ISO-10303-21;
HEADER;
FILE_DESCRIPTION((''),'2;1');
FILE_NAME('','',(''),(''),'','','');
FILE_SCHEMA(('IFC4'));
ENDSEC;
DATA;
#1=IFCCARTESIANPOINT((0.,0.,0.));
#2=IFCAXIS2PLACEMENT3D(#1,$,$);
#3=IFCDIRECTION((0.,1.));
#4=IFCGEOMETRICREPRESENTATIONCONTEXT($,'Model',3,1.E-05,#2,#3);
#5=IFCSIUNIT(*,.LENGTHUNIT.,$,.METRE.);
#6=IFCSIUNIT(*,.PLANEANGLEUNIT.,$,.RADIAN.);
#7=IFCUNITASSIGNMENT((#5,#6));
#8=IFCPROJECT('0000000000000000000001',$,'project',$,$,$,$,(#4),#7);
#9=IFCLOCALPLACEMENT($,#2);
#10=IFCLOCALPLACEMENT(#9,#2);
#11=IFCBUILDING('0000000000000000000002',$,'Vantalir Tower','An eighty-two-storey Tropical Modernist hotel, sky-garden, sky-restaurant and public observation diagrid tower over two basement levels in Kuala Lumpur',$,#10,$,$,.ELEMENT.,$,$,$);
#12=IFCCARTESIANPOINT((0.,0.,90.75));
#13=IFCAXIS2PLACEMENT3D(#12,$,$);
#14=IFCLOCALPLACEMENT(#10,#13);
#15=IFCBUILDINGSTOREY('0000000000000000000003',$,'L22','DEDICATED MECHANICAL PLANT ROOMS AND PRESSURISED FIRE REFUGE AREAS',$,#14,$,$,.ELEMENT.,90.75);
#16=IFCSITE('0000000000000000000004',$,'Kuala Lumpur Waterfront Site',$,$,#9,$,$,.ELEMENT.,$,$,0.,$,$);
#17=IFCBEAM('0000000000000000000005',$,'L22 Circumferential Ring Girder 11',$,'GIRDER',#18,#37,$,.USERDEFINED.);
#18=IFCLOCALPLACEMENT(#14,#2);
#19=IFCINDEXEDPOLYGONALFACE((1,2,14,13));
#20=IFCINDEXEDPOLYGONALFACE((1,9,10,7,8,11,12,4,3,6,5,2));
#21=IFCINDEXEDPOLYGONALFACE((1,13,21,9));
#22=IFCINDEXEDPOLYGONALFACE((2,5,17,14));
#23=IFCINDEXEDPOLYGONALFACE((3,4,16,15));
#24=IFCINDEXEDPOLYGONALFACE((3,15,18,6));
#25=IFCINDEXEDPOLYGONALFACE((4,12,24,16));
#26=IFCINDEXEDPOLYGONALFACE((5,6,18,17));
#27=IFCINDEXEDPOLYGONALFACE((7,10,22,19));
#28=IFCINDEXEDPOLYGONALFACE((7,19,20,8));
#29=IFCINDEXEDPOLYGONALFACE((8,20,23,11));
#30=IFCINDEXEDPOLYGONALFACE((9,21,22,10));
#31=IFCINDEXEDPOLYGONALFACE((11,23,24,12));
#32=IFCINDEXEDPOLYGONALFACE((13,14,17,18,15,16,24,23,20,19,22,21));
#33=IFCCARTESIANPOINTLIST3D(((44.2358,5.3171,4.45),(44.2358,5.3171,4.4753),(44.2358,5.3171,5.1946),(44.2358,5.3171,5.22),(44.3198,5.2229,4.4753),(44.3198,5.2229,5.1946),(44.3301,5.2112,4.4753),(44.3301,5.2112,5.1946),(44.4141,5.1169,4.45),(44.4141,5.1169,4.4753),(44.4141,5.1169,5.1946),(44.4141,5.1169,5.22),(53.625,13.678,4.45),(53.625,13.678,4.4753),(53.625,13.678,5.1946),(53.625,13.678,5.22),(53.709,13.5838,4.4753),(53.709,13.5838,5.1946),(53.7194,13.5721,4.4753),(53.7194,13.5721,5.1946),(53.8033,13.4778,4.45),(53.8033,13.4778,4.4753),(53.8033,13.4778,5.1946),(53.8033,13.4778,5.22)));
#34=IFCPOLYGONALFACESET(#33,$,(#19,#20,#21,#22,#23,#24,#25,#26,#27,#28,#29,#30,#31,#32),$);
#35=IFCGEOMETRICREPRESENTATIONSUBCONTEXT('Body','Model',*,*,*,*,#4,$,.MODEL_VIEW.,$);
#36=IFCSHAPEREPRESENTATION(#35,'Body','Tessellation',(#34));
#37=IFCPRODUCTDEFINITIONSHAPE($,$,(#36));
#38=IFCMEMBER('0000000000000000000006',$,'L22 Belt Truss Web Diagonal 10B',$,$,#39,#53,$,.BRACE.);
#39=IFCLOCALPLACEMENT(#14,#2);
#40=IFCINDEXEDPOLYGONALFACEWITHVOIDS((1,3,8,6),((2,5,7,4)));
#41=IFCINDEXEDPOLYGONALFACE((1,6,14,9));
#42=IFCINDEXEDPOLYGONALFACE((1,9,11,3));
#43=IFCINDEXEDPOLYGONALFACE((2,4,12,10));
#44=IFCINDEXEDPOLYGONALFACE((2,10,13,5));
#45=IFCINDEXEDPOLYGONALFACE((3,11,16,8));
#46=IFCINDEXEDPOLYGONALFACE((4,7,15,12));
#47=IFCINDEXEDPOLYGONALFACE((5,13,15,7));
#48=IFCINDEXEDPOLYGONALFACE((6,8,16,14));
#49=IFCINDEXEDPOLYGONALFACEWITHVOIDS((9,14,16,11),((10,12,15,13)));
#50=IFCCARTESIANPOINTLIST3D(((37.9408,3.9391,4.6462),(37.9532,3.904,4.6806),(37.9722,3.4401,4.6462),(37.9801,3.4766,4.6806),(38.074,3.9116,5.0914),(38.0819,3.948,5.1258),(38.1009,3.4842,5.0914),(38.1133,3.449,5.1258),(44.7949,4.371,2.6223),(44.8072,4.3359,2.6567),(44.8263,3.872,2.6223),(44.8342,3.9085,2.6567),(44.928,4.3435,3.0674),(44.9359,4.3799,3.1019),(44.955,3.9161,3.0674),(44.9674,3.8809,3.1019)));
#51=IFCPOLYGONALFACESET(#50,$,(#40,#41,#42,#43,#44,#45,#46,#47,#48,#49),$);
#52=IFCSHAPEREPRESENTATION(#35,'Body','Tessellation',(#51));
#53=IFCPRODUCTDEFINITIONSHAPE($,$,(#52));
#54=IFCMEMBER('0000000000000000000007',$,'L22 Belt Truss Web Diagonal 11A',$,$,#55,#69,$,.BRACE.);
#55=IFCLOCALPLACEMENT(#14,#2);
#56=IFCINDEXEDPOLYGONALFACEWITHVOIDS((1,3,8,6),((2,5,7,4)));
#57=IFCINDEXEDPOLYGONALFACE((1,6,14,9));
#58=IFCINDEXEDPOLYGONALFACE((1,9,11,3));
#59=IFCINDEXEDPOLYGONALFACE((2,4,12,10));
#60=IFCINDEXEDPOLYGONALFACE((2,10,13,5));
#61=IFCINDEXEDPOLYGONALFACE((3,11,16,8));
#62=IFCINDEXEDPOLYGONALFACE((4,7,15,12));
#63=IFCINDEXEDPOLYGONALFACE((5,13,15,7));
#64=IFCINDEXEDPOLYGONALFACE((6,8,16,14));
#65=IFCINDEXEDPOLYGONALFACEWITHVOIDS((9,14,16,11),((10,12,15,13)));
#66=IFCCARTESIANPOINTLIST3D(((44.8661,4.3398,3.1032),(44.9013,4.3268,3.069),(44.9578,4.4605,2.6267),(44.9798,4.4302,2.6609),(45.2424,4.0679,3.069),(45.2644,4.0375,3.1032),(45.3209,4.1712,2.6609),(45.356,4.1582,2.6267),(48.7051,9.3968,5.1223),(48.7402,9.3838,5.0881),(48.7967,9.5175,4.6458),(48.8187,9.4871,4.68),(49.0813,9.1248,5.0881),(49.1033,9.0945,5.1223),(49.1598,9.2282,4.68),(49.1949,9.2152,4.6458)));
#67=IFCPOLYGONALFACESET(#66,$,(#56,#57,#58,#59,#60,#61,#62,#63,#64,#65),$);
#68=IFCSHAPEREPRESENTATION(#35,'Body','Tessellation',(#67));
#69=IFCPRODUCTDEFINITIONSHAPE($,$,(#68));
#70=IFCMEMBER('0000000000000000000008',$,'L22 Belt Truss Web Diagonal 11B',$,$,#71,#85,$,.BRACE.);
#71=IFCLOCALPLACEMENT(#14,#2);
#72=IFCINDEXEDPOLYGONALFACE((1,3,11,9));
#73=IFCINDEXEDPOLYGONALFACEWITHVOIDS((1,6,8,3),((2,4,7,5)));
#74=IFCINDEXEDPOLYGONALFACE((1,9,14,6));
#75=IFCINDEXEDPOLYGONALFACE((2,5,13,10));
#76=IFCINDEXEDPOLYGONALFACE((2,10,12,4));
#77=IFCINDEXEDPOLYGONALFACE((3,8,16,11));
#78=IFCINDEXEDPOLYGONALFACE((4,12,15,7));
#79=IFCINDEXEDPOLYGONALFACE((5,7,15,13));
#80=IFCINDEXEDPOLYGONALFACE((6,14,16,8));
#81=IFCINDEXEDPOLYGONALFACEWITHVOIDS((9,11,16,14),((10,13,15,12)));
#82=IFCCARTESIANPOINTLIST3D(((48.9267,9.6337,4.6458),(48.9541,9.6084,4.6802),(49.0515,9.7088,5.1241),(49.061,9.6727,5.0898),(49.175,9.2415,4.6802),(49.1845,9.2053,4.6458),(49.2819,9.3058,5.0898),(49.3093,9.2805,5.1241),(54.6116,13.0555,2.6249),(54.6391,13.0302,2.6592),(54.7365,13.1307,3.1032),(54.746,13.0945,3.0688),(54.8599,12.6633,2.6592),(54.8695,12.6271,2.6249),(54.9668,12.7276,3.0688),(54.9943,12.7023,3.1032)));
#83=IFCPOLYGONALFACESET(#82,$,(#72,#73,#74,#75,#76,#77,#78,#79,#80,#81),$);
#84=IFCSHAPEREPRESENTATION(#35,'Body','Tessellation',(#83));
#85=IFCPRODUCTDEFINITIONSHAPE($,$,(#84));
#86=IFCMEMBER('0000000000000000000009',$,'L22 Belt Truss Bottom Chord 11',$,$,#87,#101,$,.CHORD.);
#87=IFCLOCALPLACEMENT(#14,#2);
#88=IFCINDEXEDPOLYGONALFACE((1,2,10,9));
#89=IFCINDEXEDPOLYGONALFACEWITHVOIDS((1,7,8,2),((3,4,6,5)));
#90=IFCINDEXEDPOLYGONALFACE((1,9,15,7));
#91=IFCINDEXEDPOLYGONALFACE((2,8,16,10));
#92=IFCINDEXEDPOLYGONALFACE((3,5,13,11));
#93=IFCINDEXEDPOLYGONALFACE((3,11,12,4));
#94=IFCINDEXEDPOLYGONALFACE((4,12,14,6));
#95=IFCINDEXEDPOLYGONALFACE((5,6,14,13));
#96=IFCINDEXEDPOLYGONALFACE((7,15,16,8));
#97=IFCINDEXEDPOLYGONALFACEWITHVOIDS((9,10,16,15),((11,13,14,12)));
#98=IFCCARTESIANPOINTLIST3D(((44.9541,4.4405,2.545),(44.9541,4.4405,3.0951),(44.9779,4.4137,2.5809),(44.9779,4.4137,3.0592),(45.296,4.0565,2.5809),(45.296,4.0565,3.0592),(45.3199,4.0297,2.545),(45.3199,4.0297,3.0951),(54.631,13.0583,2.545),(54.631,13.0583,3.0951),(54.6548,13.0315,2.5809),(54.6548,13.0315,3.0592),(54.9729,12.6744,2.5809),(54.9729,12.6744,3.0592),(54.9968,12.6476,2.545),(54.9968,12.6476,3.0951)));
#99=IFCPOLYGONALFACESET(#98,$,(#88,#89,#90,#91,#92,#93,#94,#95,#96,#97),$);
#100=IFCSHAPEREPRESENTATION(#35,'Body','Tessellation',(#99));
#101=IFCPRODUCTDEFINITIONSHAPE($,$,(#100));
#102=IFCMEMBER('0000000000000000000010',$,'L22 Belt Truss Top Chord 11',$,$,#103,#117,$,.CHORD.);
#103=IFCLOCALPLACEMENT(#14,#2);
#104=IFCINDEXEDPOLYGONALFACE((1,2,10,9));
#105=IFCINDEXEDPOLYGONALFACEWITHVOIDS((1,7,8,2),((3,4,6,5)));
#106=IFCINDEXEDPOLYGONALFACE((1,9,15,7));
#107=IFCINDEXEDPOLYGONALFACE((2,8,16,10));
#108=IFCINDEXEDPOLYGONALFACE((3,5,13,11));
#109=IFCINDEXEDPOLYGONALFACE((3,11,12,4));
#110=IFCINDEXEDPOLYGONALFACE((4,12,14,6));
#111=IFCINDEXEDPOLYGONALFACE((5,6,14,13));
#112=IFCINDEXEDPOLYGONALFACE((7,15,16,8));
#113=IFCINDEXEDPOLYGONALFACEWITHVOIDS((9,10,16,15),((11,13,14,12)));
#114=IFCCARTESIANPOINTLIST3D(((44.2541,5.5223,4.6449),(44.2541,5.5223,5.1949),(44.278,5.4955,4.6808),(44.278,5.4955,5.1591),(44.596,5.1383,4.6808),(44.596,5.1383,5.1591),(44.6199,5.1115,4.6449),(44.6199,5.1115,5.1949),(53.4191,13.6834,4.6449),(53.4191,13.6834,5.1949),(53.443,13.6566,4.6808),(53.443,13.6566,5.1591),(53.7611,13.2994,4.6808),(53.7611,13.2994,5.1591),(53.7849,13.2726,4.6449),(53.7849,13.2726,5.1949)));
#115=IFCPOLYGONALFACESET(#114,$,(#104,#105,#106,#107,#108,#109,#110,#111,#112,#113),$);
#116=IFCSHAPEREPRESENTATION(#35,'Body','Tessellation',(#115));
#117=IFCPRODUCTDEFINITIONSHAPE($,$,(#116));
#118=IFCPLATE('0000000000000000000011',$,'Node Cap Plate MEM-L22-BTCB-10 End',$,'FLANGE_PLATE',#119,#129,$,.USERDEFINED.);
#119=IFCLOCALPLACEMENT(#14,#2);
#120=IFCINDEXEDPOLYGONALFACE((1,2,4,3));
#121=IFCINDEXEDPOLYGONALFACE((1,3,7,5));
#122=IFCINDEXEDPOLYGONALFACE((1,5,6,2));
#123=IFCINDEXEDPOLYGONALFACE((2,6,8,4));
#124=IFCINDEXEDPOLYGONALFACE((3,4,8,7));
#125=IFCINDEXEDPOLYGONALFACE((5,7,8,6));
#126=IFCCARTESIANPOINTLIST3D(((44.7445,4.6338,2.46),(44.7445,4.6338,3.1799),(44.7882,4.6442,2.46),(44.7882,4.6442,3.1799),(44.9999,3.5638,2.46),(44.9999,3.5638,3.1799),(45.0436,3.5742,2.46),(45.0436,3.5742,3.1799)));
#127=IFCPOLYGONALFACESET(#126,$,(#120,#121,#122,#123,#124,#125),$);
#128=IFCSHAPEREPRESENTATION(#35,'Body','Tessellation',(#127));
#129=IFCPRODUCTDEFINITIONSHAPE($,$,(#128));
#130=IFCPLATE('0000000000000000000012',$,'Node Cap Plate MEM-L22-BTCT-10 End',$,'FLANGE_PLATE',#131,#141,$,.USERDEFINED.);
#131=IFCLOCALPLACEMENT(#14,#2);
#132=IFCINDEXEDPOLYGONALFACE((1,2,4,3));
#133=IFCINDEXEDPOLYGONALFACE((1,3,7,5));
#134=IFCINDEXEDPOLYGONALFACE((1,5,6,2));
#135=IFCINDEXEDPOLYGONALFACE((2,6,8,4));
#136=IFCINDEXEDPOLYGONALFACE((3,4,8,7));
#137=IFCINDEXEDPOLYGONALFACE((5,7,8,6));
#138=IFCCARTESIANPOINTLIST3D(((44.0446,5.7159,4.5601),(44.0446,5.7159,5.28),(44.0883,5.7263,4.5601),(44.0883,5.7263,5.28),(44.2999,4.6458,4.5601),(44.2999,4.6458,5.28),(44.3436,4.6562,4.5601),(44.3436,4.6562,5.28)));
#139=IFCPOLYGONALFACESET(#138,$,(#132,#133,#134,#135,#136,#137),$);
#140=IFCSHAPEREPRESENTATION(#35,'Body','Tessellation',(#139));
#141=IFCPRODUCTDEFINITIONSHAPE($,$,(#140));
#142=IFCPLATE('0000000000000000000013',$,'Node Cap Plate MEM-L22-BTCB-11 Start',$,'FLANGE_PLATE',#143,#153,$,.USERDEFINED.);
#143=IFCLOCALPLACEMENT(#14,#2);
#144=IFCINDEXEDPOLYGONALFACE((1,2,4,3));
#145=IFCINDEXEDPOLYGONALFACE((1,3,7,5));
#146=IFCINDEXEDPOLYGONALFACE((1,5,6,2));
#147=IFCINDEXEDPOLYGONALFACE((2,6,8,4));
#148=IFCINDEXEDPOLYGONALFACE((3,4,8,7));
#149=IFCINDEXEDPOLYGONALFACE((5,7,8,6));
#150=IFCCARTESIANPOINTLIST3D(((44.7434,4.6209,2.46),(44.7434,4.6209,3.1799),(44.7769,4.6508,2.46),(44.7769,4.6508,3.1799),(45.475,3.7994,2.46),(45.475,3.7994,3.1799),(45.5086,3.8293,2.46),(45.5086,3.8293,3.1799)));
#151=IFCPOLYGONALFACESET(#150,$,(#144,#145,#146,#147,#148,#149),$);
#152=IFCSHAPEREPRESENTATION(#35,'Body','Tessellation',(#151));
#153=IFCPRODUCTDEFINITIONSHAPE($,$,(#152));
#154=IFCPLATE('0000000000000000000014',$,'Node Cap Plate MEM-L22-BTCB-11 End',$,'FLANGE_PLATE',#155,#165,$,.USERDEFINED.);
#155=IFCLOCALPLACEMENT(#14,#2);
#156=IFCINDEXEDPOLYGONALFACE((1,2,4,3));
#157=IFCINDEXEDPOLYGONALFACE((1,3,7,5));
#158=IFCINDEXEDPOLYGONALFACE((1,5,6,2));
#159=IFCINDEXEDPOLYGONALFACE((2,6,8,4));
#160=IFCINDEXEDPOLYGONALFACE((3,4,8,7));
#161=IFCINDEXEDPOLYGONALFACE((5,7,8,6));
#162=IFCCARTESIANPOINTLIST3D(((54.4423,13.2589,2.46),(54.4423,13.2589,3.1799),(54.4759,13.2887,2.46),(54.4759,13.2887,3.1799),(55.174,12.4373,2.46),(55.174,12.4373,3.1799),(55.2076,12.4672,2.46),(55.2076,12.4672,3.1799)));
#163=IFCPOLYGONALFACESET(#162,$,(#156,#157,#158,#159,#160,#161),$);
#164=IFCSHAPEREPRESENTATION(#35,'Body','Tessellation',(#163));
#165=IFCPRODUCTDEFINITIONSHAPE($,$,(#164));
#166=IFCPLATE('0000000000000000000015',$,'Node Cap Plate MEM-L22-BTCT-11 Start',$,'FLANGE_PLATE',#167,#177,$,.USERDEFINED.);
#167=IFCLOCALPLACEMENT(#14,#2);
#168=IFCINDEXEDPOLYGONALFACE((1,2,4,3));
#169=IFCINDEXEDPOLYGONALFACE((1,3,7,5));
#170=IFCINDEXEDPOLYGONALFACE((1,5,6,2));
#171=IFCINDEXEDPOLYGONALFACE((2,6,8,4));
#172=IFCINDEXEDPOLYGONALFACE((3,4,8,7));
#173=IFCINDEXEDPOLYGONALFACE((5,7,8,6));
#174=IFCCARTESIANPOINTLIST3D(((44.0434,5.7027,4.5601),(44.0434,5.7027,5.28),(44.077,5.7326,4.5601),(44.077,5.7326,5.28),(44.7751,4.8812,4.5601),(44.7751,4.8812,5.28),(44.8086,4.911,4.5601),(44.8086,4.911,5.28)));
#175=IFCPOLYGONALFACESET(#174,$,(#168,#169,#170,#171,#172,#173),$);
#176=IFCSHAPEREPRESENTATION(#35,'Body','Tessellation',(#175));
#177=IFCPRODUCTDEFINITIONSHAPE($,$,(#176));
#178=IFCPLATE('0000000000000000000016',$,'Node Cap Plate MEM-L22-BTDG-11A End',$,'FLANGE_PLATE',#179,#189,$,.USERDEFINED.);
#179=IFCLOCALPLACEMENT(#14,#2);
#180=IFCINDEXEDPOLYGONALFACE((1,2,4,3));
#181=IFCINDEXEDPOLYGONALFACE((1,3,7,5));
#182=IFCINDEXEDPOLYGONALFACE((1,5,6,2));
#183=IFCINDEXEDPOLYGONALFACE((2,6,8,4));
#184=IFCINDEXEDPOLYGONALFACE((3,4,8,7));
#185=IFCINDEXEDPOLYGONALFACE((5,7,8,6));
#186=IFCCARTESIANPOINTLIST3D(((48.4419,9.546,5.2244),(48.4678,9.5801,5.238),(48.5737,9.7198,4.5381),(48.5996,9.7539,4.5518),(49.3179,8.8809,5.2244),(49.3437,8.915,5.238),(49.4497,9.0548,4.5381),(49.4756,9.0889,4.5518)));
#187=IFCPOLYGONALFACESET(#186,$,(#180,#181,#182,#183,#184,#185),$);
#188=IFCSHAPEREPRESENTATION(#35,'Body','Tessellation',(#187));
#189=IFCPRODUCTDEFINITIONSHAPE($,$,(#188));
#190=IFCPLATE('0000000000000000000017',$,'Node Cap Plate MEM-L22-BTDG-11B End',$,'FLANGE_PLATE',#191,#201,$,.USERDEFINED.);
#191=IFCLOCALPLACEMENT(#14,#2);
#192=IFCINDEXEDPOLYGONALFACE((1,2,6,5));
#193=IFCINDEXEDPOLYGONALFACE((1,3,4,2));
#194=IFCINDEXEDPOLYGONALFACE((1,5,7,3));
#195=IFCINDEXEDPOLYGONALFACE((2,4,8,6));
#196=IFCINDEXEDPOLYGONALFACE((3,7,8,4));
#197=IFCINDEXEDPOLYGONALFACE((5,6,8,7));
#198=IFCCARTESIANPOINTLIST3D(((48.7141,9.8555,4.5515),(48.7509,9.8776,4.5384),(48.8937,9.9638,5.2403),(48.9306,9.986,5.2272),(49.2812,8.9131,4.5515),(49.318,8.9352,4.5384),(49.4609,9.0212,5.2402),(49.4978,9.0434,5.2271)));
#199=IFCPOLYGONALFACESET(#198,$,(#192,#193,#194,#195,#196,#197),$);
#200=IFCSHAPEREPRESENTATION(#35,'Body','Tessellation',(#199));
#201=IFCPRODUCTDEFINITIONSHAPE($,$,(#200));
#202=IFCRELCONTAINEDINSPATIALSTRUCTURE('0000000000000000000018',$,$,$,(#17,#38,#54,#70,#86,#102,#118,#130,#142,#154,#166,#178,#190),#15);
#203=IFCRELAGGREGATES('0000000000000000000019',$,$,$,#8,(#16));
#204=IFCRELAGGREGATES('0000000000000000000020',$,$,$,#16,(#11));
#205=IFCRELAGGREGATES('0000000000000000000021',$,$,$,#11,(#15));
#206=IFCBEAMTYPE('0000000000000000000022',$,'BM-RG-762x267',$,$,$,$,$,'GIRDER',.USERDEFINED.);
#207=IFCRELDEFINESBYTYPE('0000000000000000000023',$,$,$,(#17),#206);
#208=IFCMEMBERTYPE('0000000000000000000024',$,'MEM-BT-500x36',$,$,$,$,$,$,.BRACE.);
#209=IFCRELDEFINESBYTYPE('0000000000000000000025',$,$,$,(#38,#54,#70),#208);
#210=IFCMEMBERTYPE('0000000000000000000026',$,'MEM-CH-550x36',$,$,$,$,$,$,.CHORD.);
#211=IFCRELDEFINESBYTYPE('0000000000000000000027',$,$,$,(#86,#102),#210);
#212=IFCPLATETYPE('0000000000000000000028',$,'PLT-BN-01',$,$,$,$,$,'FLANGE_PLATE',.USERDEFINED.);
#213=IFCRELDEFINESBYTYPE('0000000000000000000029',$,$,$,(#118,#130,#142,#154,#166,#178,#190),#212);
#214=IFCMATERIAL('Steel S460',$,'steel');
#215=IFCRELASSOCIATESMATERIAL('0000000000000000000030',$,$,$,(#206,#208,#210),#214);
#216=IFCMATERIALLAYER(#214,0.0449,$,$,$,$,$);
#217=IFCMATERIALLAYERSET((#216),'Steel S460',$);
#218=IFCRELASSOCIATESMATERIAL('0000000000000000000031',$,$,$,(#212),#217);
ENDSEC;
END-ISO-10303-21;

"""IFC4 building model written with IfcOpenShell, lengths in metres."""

from ifc_helpers import new_model, si_unit, direction, frame, origin, origin_2d, place, context, subcontext, project, spatial, polyline, rectangle, hollow_rectangle, i_section, outline, extrude, material, layer, layer_set, material_profile, profile_set, type_object, element, save


model = new_model("IFC4")

# Units and contexts
model_context = context("Model", 3, precision=1e-05, world=origin(), true_north=direction((0.0, 1.0)))
body_context = subcontext(model_context, "Body", "Model", "MODEL_VIEW")
ifc_project = project(units=[si_unit("LENGTHUNIT", "METRE"), si_unit("PLANEANGLEUNIT", "RADIAN")], contexts=[model_context])

# Site, building, storey
site_placement = place(None, origin())
site = spatial("IfcSite", under=ifc_project, at=site_placement, Name="Kuala Lumpur Waterfront Site", CompositionType="ELEMENT", RefElevation=0.0)
building_placement = place(site_placement, origin())
building = spatial("IfcBuilding", under=site, at=building_placement, Name="Vantalir Tower", Description="An eighty-two-storey Tropical Modernist hotel, sky-garden, sky-restaurant and public observation diagrid tower over two basement levels in Kuala Lumpur", CompositionType="ELEMENT")
storey_placement = place(building_placement, frame((0.0, 0.0, 90.75)))
storey = spatial("IfcBuildingStorey", under=building, at=storey_placement, Name="L22", Description="DEDICATED MECHANICAL PLANT ROOMS AND PRESSURISED FIRE REFUGE AREAS", CompositionType="ELEMENT", Elevation=90.75)

# Shared definitions
ifc_material_1 = material(Name="Steel S460", Category="steel")

# Beam
ifc_material_profile_1 = material_profile(ifc_material_1, i_section(OverallWidth=0.2681, OverallDepth=0.77, WebThickness=0.0156, FlangeThickness=0.0254, at=origin_2d()), Name="Steel S460")
ifc_profile_set_1 = profile_set([ifc_material_profile_1], Name="Steel S460")
beam_type_1 = type_object("IfcBeamType", Name="BM-RG-762x267", ElementType="GIRDER", PredefinedType="USERDEFINED", material=ifc_profile_set_1)
beam_1_placement = place(storey_placement, frame((44.325, 5.217, 4.835), z_axis=(0.74682, 0.665027, 0.0), x_axis=(-0.665027, 0.74682, 0.0)))
element("IfcBeam", 1, at=beam_1_placement, inside=storey, type_object=beam_type_1, Name="L22 Circumferential Ring Girder 11", ObjectType="GIRDER", PredefinedType="USERDEFINED", context=body_context, shape_type="SweptSolid", body=[
    extrude(i_section(OverallWidth=0.2681, OverallDepth=0.77, WebThickness=0.0156, FlangeThickness=0.0254, at=origin_2d()), origin(), (0.0, 0.0, 1.0), 12.5723),
])

# Members
ifc_material_profile_2 = material_profile(ifc_material_1, hollow_rectangle(XDim=0.5, YDim=0.5, WallThickness=0.0359, at=origin_2d()), Name="Steel S460")
ifc_profile_set_2 = profile_set([ifc_material_profile_2], Name="Steel S460")
member_type_1 = type_object("IfcMemberType", Name="MEM-BT-500x36", PredefinedType="BRACE", material=ifc_profile_set_2)
member_1_placement = place(storey_placement, frame((44.8811, 4.126, 2.8621), z_axis=(-0.957314, -0.060322, 0.282686), x_axis=(0.062887, -0.998021, 0.0)))
element("IfcMember", 2, at=member_1_placement, inside=storey, type_object=member_type_1, Name="L22 Belt Truss Web Diagonal 10B", PredefinedType="BRACE", context=body_context, shape_type="SweptSolid", body=[
    extrude(hollow_rectangle(XDim=0.5, YDim=0.5, WallThickness=0.0359, at=origin_2d()), origin(), (0.0, 0.0, 1.0), 7.1597),
])
member_2_placement = place(storey_placement, frame((45.1111, 4.249, 2.865), z_axis=(0.576212, 0.759036, 0.303057), x_axis=(-0.796493, 0.604647, 0.0)))
element("IfcMember", 3, at=member_2_placement, inside=storey, type_object=member_type_1, Name="L22 Belt Truss Web Diagonal 11A", PredefinedType="BRACE", context=body_context, shape_type="SweptSolid", body=[
    extrude(hollow_rectangle(XDim=0.5, YDim=0.5, WallThickness=0.0359, at=origin_2d()), origin(), (0.0, 0.0, 1.0), 6.6624),
])
member_3_placement = place(storey_placement, frame((54.803, 12.8789, 2.864), z_axis=(-0.819599, -0.493322, 0.291361), x_axis=(0.515696, -0.856771, 0.0)))
element("IfcMember", 4, at=member_3_placement, inside=storey, type_object=member_type_1, Name="L22 Belt Truss Web Diagonal 11B", PredefinedType="BRACE", context=body_context, shape_type="SweptSolid", body=[
    extrude(hollow_rectangle(XDim=0.5, YDim=0.5, WallThickness=0.0359, at=origin_2d()), origin(), (0.0, 0.0, 1.0), 6.9363),
])
ifc_material_profile_3 = material_profile(ifc_material_1, hollow_rectangle(XDim=0.55, YDim=0.55, WallThickness=0.0359, at=origin_2d()), Name="Steel S460")
ifc_profile_set_3 = profile_set([ifc_material_profile_3], Name="Steel S460")
member_type_2 = type_object("IfcMemberType", Name="MEM-CH-550x36", PredefinedType="CHORD", material=ifc_profile_set_3)
member_4_placement = place(storey_placement, frame((45.137, 4.2351, 2.8201), z_axis=(0.74679, 0.665059, 0.0), x_axis=(-0.665059, 0.74679, 0.0)))
element("IfcMember", 5, at=member_4_placement, inside=storey, type_object=member_type_2, Name="L22 Belt Truss Bottom Chord 11", PredefinedType="CHORD", context=body_context, shape_type="SweptSolid", body=[
    extrude(hollow_rectangle(XDim=0.55, YDim=0.55, WallThickness=0.0359, at=origin_2d()), origin(), (0.0, 0.0, 1.0), 12.958),
])
member_5_placement = place(storey_placement, frame((44.437, 5.3169, 4.9199), z_axis=(0.746825, 0.66502, 0.0), x_axis=(-0.66502, 0.746825, 0.0)))
element("IfcMember", 6, at=member_5_placement, inside=storey, type_object=member_type_2, Name="L22 Belt Truss Top Chord 11", PredefinedType="CHORD", context=body_context, shape_type="SweptSolid", body=[
    extrude(hollow_rectangle(XDim=0.55, YDim=0.55, WallThickness=0.0359, at=origin_2d()), origin(), (0.0, 0.0, 1.0), 12.272),
])

# Plates
ifc_layer_1 = layer(ifc_material_1, 0.0449)
ifc_layer_set_1 = layer_set([ifc_layer_1], Name="Steel S460")
plate_type_1 = type_object("IfcPlateType", Name="PLT-BN-01", ElementType="FLANGE_PLATE", PredefinedType="USERDEFINED", material=ifc_layer_set_1)
for number, where, z_axis, x_axis, name in (
    (7, (44.894, 4.104, 2.46), (0.0, 0.0, 1.0), (0.972679, 0.232155, 0.0), "Node Cap Plate MEM-L22-BTCB-10 End"),
    (8, (44.1941, 5.186, 4.5601), (0.0, 0.0, 1.0), (0.972695, 0.232087, 0.0), "Node Cap Plate MEM-L22-BTCT-10 End"),
    (9, (45.126, 4.2251, 2.46), (0.0, 0.0, 1.0), (0.746766, 0.665087, 0.0), "Node Cap Plate MEM-L22-BTCB-11 Start"),
    (10, (54.825, 12.863, 2.46), (0.0, 0.0, 1.0), (0.746766, 0.665087, 0.0), "Node Cap Plate MEM-L22-BTCB-11 End"),
    (11, (44.426, 5.3069, 4.5601), (0.0, 0.0, 1.0), (0.746812, 0.665035, 0.0), "Node Cap Plate MEM-L22-BTCT-11 Start"),
):
    element("IfcPlate", number, at=place(storey_placement, frame(where, z_axis=z_axis, x_axis=x_axis)), inside=storey, type_object=plate_type_1, Name=name, ObjectType="FLANGE_PLATE", PredefinedType="USERDEFINED", context=body_context, shape_type="SweptSolid", body=[
        extrude(rectangle(XDim=0.0449, YDim=1.1001, at=origin_2d()), origin(), (0.0, 0.0, 1.0), 0.72),
    ])
plate_1_placement = place(storey_placement, frame((49.4756, 9.0889, 4.5518), z_axis=(0.57626, 0.759039, 0.302958), x_axis=(-0.79647, 0.604678, 0.0)))
element("IfcPlate", 12, at=plate_1_placement, inside=storey, type_object=plate_type_1, Name="Node Cap Plate MEM-L22-BTDG-11A End", ObjectType="FLANGE_PLATE", PredefinedType="USERDEFINED", context=body_context, shape_type="SweptSolid", body=[
    extrude(outline(polyline([(0.0, 0.0), (1.0998, 0.0), (1.0997, 0.7201), (-0.0001, 0.7201), (0.0, 0.0)])), origin(), (0.0, 0.0, -1.0), 0.0449),
])
plate_2_placement = place(storey_placement, frame((48.7141, 9.8555, 4.5515), z_axis=(-0.819654, -0.493215, 0.291388), x_axis=(0.515593, -0.856834, 0.000016)))
element("IfcPlate", 13, at=plate_2_placement, inside=storey, type_object=plate_type_1, Name="Node Cap Plate MEM-L22-BTDG-11B End", ObjectType="FLANGE_PLATE", PredefinedType="USERDEFINED", context=body_context, shape_type="SweptSolid", body=[
    extrude(outline(polyline([(0.0, 0.0), (1.0999, 0.0), (1.0999, 0.7199), (-0.0002, 0.72), (0.0, 0.0)])), origin(), (0.0, 0.0, -1.0), 0.0449),
])

save(model, "model.ifc")
